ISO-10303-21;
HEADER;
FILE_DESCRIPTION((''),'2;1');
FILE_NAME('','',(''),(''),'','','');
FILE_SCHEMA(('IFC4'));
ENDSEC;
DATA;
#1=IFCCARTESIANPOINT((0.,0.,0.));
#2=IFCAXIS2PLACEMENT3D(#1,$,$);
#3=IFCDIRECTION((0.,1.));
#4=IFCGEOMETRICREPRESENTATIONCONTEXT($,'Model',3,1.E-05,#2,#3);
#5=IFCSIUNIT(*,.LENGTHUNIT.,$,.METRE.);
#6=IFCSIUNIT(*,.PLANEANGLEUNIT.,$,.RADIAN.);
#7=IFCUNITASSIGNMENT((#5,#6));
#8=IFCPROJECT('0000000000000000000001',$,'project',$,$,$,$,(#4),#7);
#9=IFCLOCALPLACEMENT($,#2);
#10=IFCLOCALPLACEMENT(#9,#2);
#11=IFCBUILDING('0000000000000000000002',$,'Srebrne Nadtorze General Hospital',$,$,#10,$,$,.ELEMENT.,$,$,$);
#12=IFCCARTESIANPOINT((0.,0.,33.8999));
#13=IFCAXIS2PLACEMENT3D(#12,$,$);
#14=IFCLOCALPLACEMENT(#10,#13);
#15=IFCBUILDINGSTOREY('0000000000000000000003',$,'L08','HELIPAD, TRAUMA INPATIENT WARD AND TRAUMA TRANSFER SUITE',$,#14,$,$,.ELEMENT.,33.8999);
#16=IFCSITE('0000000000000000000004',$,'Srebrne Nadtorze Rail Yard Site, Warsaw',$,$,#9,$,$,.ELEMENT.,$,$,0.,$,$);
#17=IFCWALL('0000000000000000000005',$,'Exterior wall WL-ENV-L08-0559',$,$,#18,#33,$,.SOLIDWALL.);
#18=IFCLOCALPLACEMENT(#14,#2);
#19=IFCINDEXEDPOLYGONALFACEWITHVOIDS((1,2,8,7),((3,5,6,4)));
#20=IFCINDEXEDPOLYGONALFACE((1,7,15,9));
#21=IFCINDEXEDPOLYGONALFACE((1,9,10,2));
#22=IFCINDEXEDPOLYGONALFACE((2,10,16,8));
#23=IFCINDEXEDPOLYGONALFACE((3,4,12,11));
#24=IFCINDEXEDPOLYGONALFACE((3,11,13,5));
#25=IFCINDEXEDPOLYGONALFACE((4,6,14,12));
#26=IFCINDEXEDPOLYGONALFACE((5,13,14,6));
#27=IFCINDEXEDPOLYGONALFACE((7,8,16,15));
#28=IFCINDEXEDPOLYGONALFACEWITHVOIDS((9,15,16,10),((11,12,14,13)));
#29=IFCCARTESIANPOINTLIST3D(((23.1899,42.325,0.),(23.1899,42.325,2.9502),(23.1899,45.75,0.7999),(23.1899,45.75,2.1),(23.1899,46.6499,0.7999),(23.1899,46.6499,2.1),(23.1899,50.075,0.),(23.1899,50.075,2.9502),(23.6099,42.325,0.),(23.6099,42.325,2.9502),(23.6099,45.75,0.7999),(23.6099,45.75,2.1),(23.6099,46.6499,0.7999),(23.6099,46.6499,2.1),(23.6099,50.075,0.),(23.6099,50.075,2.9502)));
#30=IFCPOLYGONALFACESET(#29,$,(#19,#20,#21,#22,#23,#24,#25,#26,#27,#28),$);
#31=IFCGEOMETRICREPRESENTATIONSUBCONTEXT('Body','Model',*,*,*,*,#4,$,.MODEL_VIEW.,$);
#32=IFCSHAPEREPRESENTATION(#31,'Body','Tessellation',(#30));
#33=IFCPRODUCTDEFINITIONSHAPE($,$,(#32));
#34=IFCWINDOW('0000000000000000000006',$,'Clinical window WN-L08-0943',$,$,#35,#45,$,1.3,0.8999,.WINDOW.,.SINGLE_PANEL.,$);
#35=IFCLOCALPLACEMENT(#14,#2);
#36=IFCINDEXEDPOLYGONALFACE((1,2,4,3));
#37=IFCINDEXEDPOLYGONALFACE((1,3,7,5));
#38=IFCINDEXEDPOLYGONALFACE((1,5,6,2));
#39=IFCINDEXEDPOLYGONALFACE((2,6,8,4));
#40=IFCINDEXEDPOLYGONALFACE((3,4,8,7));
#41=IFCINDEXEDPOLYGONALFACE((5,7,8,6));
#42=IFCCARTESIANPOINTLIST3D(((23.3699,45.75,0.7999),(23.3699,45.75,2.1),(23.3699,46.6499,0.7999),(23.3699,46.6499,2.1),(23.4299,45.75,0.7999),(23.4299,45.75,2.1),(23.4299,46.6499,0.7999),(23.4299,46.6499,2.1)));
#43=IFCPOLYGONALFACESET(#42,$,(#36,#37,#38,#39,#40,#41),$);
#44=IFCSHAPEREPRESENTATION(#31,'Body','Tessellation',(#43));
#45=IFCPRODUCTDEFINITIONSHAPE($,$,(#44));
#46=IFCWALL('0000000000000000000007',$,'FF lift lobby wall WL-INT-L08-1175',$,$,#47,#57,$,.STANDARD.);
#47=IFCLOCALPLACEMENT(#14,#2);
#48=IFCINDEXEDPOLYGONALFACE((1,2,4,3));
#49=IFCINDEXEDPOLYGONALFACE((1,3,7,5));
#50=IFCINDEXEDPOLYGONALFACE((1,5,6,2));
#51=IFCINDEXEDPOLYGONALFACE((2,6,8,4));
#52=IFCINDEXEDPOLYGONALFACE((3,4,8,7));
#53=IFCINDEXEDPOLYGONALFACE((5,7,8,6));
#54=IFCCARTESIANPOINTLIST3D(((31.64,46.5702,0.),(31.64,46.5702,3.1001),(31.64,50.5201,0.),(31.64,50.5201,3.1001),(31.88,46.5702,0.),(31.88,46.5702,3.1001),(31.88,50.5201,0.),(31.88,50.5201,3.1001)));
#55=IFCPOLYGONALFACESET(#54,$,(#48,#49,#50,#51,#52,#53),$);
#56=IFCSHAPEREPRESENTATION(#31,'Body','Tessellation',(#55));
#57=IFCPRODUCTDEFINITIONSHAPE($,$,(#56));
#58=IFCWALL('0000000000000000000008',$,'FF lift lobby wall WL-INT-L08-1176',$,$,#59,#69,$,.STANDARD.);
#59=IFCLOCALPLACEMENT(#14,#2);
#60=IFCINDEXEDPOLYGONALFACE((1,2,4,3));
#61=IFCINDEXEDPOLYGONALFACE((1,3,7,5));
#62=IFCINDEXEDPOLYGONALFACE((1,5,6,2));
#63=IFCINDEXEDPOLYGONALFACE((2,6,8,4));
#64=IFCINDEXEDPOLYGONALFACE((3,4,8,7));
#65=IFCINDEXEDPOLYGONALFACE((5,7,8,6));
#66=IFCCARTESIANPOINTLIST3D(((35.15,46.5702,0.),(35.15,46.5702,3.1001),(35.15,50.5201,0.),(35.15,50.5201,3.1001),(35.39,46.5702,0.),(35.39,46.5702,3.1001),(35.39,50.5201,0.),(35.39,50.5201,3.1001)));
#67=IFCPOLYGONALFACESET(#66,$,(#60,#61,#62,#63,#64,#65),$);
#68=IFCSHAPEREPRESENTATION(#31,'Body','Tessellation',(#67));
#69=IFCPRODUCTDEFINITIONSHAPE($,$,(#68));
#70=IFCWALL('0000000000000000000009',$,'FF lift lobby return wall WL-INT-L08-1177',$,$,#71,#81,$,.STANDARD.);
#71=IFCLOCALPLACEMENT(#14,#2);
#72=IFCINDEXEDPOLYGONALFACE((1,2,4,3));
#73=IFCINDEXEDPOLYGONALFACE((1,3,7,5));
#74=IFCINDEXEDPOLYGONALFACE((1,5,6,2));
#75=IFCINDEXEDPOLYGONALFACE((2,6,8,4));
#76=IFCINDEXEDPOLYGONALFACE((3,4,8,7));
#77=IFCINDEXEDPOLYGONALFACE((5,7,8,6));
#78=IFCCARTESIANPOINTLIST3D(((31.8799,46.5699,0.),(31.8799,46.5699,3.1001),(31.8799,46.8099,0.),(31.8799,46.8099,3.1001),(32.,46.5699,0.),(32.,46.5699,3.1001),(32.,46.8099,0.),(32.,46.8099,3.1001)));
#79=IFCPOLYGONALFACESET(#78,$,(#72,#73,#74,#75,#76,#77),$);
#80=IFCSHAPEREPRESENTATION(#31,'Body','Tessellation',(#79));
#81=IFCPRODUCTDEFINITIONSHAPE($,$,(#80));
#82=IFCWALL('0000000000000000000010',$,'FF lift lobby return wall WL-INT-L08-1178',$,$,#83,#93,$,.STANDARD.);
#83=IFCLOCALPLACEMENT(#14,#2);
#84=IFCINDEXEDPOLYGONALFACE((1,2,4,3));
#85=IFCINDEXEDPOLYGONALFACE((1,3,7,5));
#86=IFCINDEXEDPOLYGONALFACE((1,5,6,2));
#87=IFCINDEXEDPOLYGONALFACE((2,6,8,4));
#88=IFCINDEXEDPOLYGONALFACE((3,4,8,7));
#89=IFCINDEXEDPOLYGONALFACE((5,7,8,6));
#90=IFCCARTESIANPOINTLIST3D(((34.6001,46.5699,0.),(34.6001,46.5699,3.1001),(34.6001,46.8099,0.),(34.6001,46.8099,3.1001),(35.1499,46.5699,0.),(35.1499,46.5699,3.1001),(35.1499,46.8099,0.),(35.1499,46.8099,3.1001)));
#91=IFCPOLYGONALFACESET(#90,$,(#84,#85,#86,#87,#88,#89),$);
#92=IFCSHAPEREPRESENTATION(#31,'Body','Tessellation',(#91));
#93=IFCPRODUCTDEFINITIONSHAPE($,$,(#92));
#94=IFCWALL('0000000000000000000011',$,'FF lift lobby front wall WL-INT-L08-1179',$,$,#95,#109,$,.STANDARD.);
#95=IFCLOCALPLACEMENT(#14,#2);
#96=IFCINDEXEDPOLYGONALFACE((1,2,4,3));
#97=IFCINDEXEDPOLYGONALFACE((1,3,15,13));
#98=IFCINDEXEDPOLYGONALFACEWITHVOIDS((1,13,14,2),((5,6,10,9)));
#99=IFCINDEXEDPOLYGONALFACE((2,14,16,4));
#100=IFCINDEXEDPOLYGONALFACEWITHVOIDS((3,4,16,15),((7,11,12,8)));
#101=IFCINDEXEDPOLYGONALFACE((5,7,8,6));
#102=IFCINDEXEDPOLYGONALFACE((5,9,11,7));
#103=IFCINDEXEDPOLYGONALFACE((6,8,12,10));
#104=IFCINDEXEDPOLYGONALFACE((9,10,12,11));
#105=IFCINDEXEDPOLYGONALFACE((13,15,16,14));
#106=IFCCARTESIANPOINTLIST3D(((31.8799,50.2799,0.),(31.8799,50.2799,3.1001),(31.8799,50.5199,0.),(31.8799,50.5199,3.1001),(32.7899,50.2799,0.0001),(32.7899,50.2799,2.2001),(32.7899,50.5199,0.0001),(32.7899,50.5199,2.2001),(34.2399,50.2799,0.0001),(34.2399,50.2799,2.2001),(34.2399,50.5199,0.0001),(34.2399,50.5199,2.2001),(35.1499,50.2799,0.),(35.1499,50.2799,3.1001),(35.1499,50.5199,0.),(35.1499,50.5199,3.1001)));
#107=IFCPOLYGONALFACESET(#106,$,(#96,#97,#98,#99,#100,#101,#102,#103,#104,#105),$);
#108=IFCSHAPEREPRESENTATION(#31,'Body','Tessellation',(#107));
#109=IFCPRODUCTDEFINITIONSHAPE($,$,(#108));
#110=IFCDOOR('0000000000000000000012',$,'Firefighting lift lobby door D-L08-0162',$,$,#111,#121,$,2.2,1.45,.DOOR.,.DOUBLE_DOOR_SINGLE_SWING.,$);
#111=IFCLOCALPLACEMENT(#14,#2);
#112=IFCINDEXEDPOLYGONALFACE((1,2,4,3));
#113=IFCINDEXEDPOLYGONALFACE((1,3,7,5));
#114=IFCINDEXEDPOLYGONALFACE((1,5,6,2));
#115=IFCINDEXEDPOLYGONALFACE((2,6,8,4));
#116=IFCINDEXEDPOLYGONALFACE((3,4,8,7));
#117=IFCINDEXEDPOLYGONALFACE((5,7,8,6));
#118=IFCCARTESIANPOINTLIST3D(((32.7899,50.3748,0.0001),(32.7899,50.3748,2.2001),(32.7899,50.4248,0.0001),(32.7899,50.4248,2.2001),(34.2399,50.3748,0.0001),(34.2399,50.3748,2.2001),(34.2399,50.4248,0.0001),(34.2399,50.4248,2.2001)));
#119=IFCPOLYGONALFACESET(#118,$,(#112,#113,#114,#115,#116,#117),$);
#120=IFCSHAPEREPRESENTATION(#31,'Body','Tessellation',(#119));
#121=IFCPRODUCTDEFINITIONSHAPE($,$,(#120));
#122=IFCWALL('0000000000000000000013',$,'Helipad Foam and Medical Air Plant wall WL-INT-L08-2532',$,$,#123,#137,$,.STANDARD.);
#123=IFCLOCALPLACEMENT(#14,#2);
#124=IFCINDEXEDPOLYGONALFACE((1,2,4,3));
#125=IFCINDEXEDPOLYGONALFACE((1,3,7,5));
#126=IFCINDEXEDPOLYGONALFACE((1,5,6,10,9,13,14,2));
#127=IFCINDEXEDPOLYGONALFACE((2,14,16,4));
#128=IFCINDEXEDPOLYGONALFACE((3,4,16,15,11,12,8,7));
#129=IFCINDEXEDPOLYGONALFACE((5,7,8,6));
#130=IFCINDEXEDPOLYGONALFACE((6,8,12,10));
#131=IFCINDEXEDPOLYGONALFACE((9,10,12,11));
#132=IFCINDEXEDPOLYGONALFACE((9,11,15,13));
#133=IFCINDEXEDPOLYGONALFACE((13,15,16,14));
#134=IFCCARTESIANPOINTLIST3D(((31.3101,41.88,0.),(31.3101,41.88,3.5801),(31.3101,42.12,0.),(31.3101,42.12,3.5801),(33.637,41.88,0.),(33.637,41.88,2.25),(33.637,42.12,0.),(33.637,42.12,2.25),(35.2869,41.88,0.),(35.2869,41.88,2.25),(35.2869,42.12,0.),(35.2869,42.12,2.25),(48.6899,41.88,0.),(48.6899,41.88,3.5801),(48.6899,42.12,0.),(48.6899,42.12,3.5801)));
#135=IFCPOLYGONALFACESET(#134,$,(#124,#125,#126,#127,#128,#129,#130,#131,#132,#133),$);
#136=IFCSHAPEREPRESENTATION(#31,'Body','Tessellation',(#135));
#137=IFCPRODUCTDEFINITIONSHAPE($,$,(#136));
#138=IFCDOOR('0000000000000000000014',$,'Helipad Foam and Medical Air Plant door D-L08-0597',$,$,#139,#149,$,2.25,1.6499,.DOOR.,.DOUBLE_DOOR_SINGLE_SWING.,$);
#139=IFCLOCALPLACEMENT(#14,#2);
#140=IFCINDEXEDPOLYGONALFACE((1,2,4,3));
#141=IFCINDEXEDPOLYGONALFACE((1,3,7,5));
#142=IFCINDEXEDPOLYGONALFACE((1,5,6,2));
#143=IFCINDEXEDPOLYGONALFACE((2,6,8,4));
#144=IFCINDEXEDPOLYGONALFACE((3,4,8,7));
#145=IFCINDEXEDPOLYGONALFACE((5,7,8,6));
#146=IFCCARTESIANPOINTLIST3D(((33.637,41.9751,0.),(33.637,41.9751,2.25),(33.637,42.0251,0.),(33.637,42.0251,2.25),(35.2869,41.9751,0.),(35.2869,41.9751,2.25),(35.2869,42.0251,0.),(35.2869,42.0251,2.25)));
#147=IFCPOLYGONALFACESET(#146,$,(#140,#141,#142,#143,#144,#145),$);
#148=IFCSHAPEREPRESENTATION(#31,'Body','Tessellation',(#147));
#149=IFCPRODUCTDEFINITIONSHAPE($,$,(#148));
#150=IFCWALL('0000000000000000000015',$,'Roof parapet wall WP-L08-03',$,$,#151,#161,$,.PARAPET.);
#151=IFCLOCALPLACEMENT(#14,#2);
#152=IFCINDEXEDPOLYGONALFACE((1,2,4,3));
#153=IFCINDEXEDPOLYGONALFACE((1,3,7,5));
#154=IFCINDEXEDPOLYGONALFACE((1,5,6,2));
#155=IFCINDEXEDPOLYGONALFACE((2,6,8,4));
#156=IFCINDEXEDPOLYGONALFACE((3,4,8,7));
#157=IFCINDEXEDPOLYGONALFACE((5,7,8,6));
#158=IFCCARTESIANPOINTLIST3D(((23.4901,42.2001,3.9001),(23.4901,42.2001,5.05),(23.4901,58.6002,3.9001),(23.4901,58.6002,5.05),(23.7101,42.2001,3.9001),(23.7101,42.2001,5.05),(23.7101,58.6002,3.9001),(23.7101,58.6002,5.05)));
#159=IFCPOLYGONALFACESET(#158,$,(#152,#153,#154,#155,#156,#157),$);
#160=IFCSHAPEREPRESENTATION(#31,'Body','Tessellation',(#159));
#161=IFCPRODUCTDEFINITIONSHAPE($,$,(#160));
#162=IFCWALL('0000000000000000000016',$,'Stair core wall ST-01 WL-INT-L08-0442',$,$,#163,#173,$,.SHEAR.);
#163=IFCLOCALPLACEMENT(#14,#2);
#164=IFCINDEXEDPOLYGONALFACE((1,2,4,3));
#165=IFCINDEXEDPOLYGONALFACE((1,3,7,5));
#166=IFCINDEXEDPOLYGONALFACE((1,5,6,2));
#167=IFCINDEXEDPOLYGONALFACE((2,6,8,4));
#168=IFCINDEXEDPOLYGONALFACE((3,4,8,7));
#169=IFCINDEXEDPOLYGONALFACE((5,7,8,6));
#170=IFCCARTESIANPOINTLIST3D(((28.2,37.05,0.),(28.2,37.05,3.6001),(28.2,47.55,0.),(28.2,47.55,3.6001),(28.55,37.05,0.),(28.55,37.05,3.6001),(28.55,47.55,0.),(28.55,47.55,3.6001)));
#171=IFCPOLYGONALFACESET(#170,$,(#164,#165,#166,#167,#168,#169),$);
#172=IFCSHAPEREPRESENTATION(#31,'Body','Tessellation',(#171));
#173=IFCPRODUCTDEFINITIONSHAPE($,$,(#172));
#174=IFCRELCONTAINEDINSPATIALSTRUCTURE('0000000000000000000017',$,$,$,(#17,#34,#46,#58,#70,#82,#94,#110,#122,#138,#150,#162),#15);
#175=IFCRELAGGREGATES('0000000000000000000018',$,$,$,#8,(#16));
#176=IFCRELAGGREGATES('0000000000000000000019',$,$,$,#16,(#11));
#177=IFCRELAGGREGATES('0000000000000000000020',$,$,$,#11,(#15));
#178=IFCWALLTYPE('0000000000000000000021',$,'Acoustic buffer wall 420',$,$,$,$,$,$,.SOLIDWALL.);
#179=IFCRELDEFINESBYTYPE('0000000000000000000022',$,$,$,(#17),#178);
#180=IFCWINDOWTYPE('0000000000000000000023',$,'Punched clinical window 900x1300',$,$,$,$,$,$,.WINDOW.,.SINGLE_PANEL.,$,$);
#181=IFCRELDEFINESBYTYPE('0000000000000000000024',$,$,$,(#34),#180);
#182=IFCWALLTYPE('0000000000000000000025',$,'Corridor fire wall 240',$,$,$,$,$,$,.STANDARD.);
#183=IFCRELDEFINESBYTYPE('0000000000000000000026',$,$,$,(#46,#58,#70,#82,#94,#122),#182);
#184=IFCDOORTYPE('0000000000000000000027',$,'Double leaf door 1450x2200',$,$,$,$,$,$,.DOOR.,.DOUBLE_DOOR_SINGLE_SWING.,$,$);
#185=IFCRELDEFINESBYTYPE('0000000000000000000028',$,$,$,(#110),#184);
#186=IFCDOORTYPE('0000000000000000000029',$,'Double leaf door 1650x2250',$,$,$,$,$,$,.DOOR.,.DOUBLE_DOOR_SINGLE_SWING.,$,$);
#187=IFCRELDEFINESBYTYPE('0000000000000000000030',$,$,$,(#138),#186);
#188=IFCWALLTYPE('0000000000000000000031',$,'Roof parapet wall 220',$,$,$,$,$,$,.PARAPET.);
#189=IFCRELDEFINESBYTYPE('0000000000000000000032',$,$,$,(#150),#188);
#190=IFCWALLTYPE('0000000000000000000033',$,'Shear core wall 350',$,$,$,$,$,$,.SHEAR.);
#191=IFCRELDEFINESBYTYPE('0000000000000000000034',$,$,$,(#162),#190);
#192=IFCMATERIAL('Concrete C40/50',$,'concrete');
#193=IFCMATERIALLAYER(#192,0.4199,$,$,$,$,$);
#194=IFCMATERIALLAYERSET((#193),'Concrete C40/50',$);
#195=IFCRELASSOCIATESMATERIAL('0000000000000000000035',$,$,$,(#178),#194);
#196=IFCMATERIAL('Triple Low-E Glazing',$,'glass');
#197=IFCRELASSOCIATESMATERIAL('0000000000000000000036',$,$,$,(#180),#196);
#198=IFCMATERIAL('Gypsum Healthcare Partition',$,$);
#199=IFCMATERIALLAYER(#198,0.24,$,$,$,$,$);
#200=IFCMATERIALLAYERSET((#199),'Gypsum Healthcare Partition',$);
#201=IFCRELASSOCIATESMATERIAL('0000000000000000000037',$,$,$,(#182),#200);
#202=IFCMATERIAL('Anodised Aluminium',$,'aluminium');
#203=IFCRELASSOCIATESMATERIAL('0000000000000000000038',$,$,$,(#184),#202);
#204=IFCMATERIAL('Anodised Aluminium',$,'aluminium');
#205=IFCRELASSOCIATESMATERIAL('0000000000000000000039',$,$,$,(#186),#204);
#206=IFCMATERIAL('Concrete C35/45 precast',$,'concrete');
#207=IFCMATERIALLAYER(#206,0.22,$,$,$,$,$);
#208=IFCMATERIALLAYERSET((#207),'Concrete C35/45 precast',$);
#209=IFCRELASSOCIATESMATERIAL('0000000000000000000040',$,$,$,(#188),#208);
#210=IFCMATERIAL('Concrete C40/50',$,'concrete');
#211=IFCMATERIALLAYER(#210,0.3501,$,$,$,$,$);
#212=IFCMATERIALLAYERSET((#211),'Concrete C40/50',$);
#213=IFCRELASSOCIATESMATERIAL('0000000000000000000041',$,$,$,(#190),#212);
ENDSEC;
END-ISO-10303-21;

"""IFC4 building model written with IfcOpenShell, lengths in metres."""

from ifc_helpers import new_model, si_unit, direction, frame, frame_2d, origin, place, context, subcontext, project, spatial, rectangle, extrude, material, layer, layer_set, type_object, element, fill, save


model = new_model("IFC4")

# Units and contexts
model_context = context("Model", 3, precision=1e-05, world=origin(), true_north=direction((0.0, 1.0)))
body_context = subcontext(model_context, "Body", "Model", "MODEL_VIEW")
ifc_project = project(units=[si_unit("LENGTHUNIT", "METRE"), si_unit("PLANEANGLEUNIT", "RADIAN")], contexts=[model_context])

# Site, building, storey
site_placement = place(None, origin())
site = spatial("IfcSite", under=ifc_project, at=site_placement, Name="Srebrne Nadtorze Rail Yard Site, Warsaw", CompositionType="ELEMENT", RefElevation=0.0)
building_placement = place(site_placement, origin())
building = spatial("IfcBuilding", under=site, at=building_placement, Name="Srebrne Nadtorze General Hospital", CompositionType="ELEMENT")
storey_placement = place(building_placement, frame((0.0, 0.0, 33.8999)))
storey = spatial("IfcBuildingStorey", under=building, at=storey_placement, Name="L08", Description="HELIPAD, TRAUMA INPATIENT WARD AND TRAUMA TRANSFER SUITE", CompositionType="ELEMENT", Elevation=33.8999)

# Wall, opening, window
ifc_material_1 = material(Name="Concrete C40/50", Category="concrete")
ifc_layer_1 = layer(ifc_material_1, 0.4199)
ifc_layer_set_1 = layer_set([ifc_layer_1], Name="Concrete C40/50")
wall_type_1 = type_object("IfcWallType", Name="Acoustic buffer wall 420", PredefinedType="SOLIDWALL", material=ifc_layer_set_1)
wall_1_placement = place(storey_placement, frame((23.3999, 42.325, 0.0), z_axis=(0.0, 0.0, 1.0), x_axis=(0.0, 1.0, 0.0)))
wall_1 = element("IfcWall", 1, at=wall_1_placement, inside=storey, type_object=wall_type_1, Name="Exterior wall WL-ENV-L08-0559", PredefinedType="SOLIDWALL", context=body_context, shape_type="SweptSolid", body=[
    extrude(rectangle(XDim=7.75, YDim=0.4199, at=frame_2d((3.875, 0.0))), origin(), (0.0, 0.0, 1.0), 2.9502),
])
opening_1_placement = place(wall_1_placement, frame((3.425, 0.0, 0.8)))
opening_1 = element("IfcOpeningElement", 2, at=opening_1_placement, cuts=wall_1, PredefinedType="OPENING", context=body_context, shape_type="SweptSolid", body=[
    extrude(rectangle(XDim=0.8999, YDim=1.3, at=frame_2d((0.45, 0.6499))), frame((0.0, 0.2219, 0.0), z_axis=(0.0, -1.0, 0.0), x_axis=(1.0, 0.0, 0.0)), (0.0, 0.0, 1.0), 0.4438),
])
ifc_material_2 = material(Name="Triple Low-E Glazing", Category="glass")
window_type = type_object("IfcWindowType", Name="Punched clinical window 900x1300", PartitioningType="SINGLE_PANEL", PredefinedType="WINDOW", material=ifc_material_2)
window_placement = place(opening_1_placement, origin())
window = element("IfcWindow", 3, at=window_placement, inside=storey, type_object=window_type, Name="Clinical window WN-L08-0943", OverallHeight=1.3, OverallWidth=0.8999, PartitioningType="SINGLE_PANEL", PredefinedType="WINDOW", context=body_context, shape_type="SweptSolid", body=[
    extrude(rectangle(XDim=0.8999, YDim=1.3, at=frame_2d((0.45, 0.6499))), frame((0.0, 0.03, 0.0), z_axis=(0.0, -1.0, 0.0), x_axis=(1.0, 0.0, 0.0)), (0.0, 0.0, 1.0), 0.0601),
])
fill(opening_1, window)

# Walls
ifc_material_3 = material(Name="Gypsum Healthcare Partition")
ifc_layer_2 = layer(ifc_material_3, 0.24)
ifc_layer_set_2 = layer_set([ifc_layer_2], Name="Gypsum Healthcare Partition")
wall_type_2 = type_object("IfcWallType", Name="Corridor fire wall 240", PredefinedType="STANDARD", material=ifc_layer_set_2)
for number, where, z_axis, x_axis, name in (
    (4, (31.76, 46.5701, 0.0), (0.0, 0.0, 1.0), (0.0, 1.0, 0.0), "FF lift lobby wall WL-INT-L08-1175"),
    (5, (35.27, 46.5701, 0.0), (0.0, 0.0, 1.0), (0.0, 1.0, 0.0), "FF lift lobby wall WL-INT-L08-1176"),
):
    element("IfcWall", number, at=place(storey_placement, frame(where, z_axis=z_axis, x_axis=x_axis)), inside=storey, type_object=wall_type_2, Name=name, PredefinedType="STANDARD", context=body_context, shape_type="SweptSolid", body=[
        extrude(rectangle(XDim=3.95, YDim=0.24, at=frame_2d((1.9751, 0.0))), origin(), (0.0, 0.0, 1.0), 3.1001),
    ])
wall_2_placement = place(storey_placement, frame((31.8799, 46.6899, 0.0), z_axis=(0.0, 0.0, 1.0), x_axis=(1.0, 0.0, 0.0)))
element("IfcWall", 6, at=wall_2_placement, inside=storey, type_object=wall_type_2, Name="FF lift lobby return wall WL-INT-L08-1177", PredefinedType="STANDARD", context=body_context, shape_type="SweptSolid", body=[
    extrude(rectangle(XDim=0.1201, YDim=0.24, at=frame_2d((0.0601, 0.0))), origin(), (0.0, 0.0, 1.0), 3.1001),
])
wall_3_placement = place(storey_placement, frame((34.6001, 46.6899, 0.0), z_axis=(0.0, 0.0, 1.0), x_axis=(1.0, 0.0, 0.0)))
element("IfcWall", 7, at=wall_3_placement, inside=storey, type_object=wall_type_2, Name="FF lift lobby return wall WL-INT-L08-1178", PredefinedType="STANDARD", context=body_context, shape_type="SweptSolid", body=[
    extrude(rectangle(XDim=0.5498, YDim=0.24, at=frame_2d((0.2749, 0.0))), origin(), (0.0, 0.0, 1.0), 3.1001),
])

# Walls, openings, doors
wall_4_placement = place(storey_placement, frame((31.8799, 50.3999, 0.0), z_axis=(0.0, 0.0, 1.0), x_axis=(1.0, 0.0, 0.0)))
wall_4 = element("IfcWall", 8, at=wall_4_placement, inside=storey, type_object=wall_type_2, Name="FF lift lobby front wall WL-INT-L08-1179", PredefinedType="STANDARD", context=body_context, shape_type="SweptSolid", body=[
    extrude(rectangle(XDim=3.27, YDim=0.24, at=frame_2d((1.635, 0.0))), origin(), (0.0, 0.0, 1.0), 3.1001),
])
opening_2_placement = place(wall_4_placement, frame((0.9099, 0.0, 0.0)))
opening_2 = element("IfcOpeningElement", 9, at=opening_2_placement, cuts=wall_4, PredefinedType="OPENING", context=body_context, shape_type="SweptSolid", body=[
    extrude(rectangle(XDim=1.45, YDim=2.2, at=frame_2d((0.7251, 1.1001))), frame((0.0, 0.1318, 0.0), z_axis=(0.0, -1.0, 0.0), x_axis=(1.0, 0.0, 0.0)), (0.0, 0.0, 1.0), 0.2639),
])
ifc_material_4 = material(Name="Anodised Aluminium", Category="aluminium")
door_type_1 = type_object("IfcDoorType", Name="Double leaf door 1450x2200", OperationType="DOUBLE_DOOR_SINGLE_SWING", PredefinedType="DOOR", material=ifc_material_4)
door_1_placement = place(opening_2_placement, origin())
door_1 = element("IfcDoor", 10, at=door_1_placement, inside=storey, type_object=door_type_1, Name="Firefighting lift lobby door D-L08-0162", OperationType="DOUBLE_DOOR_SINGLE_SWING", OverallHeight=2.2, OverallWidth=1.45, PredefinedType="DOOR", context=body_context, shape_type="SweptSolid", body=[
    extrude(rectangle(XDim=1.45, YDim=2.2, at=frame_2d((0.7251, 1.1001))), frame((0.0, 0.0249, 0.0), z_axis=(0.0, -1.0, 0.0), x_axis=(1.0, 0.0, 0.0)), (0.0, 0.0, 1.0), 0.05),
])
fill(opening_2, door_1)
wall_5_placement = place(storey_placement, frame((31.3101, 42.0, 0.0), z_axis=(0.0, 0.0, 1.0), x_axis=(1.0, 0.0, 0.0)))
wall_5 = element("IfcWall", 11, at=wall_5_placement, inside=storey, type_object=wall_type_2, Name="Helipad Foam and Medical Air Plant wall WL-INT-L08-2532", PredefinedType="STANDARD", context=body_context, shape_type="SweptSolid", body=[
    extrude(rectangle(XDim=17.3799, YDim=0.24, at=frame_2d((8.6899, 0.0))), origin(), (0.0, 0.0, 1.0), 3.5801),
])
opening_3_placement = place(wall_5_placement, frame((2.3269, 0.0, 0.0)))
opening_3 = element("IfcOpeningElement", 12, at=opening_3_placement, cuts=wall_5, PredefinedType="OPENING", context=body_context, shape_type="SweptSolid", body=[
    extrude(rectangle(XDim=1.6499, YDim=2.25, at=frame_2d((0.825, 1.125))), frame((0.0, 0.1318, 0.0), z_axis=(0.0, -1.0, 0.0), x_axis=(1.0, 0.0, 0.0)), (0.0, 0.0, 1.0), 0.2639),
])
ifc_material_5 = material(Name="Anodised Aluminium", Category="aluminium")
door_type_2 = type_object("IfcDoorType", Name="Double leaf door 1650x2250", OperationType="DOUBLE_DOOR_SINGLE_SWING", PredefinedType="DOOR", material=ifc_material_5)
door_2_placement = place(opening_3_placement, frame((1.6499, 0.0, 0.0), z_axis=(0.0, 0.0, 1.0), x_axis=(-1.0, 0.0, 0.0)))
door_2 = element("IfcDoor", 13, at=door_2_placement, inside=storey, type_object=door_type_2, Name="Helipad Foam and Medical Air Plant door D-L08-0597", OperationType="DOUBLE_DOOR_SINGLE_SWING", OverallHeight=2.25, OverallWidth=1.6499, PredefinedType="DOOR", context=body_context, shape_type="SweptSolid", body=[
    extrude(rectangle(XDim=1.6499, YDim=2.25, at=frame_2d((0.825, 1.125))), frame((0.0, 0.0249, 0.0), z_axis=(0.0, -1.0, 0.0), x_axis=(1.0, 0.0, 0.0)), (0.0, 0.0, 1.0), 0.05),
])
fill(opening_3, door_2)

# Walls
ifc_material_6 = material(Name="Concrete C35/45 precast", Category="concrete")
ifc_layer_3 = layer(ifc_material_6, 0.22)
ifc_layer_set_3 = layer_set([ifc_layer_3], Name="Concrete C35/45 precast")
wall_type_3 = type_object("IfcWallType", Name="Roof parapet wall 220", PredefinedType="PARAPET", material=ifc_layer_set_3)
wall_6_placement = place(storey_placement, frame((23.6001, 42.2, 3.9001), z_axis=(0.0, 0.0, 1.0), x_axis=(0.0, 1.0, 0.0)))
element("IfcWall", 14, at=wall_6_placement, inside=storey, type_object=wall_type_3, Name="Roof parapet wall WP-L08-03", PredefinedType="PARAPET", context=body_context, shape_type="SweptSolid", body=[
    extrude(rectangle(XDim=16.4001, YDim=0.22, at=frame_2d((8.2002, 0.0))), origin(), (0.0, 0.0, 1.0), 1.1499),
])
ifc_material_7 = material(Name="Concrete C40/50", Category="concrete")
ifc_layer_4 = layer(ifc_material_7, 0.3501)
ifc_layer_set_4 = layer_set([ifc_layer_4], Name="Concrete C40/50")
wall_type_4 = type_object("IfcWallType", Name="Shear core wall 350", PredefinedType="SHEAR", material=ifc_layer_set_4)
wall_7_placement = place(storey_placement, frame((28.375, 37.05, 0.0), z_axis=(0.0, 0.0, 1.0), x_axis=(0.0, 1.0, 0.0)))
element("IfcWall", 15, at=wall_7_placement, inside=storey, type_object=wall_type_4, Name="Stair core wall ST-01 WL-INT-L08-0442", PredefinedType="SHEAR", context=body_context, shape_type="SweptSolid", body=[
    extrude(rectangle(XDim=10.5, YDim=0.3501, at=frame_2d((5.25, 0.0))), origin(), (0.0, 0.0, 1.0), 3.6001),
])

save(model, "model.ifc")
